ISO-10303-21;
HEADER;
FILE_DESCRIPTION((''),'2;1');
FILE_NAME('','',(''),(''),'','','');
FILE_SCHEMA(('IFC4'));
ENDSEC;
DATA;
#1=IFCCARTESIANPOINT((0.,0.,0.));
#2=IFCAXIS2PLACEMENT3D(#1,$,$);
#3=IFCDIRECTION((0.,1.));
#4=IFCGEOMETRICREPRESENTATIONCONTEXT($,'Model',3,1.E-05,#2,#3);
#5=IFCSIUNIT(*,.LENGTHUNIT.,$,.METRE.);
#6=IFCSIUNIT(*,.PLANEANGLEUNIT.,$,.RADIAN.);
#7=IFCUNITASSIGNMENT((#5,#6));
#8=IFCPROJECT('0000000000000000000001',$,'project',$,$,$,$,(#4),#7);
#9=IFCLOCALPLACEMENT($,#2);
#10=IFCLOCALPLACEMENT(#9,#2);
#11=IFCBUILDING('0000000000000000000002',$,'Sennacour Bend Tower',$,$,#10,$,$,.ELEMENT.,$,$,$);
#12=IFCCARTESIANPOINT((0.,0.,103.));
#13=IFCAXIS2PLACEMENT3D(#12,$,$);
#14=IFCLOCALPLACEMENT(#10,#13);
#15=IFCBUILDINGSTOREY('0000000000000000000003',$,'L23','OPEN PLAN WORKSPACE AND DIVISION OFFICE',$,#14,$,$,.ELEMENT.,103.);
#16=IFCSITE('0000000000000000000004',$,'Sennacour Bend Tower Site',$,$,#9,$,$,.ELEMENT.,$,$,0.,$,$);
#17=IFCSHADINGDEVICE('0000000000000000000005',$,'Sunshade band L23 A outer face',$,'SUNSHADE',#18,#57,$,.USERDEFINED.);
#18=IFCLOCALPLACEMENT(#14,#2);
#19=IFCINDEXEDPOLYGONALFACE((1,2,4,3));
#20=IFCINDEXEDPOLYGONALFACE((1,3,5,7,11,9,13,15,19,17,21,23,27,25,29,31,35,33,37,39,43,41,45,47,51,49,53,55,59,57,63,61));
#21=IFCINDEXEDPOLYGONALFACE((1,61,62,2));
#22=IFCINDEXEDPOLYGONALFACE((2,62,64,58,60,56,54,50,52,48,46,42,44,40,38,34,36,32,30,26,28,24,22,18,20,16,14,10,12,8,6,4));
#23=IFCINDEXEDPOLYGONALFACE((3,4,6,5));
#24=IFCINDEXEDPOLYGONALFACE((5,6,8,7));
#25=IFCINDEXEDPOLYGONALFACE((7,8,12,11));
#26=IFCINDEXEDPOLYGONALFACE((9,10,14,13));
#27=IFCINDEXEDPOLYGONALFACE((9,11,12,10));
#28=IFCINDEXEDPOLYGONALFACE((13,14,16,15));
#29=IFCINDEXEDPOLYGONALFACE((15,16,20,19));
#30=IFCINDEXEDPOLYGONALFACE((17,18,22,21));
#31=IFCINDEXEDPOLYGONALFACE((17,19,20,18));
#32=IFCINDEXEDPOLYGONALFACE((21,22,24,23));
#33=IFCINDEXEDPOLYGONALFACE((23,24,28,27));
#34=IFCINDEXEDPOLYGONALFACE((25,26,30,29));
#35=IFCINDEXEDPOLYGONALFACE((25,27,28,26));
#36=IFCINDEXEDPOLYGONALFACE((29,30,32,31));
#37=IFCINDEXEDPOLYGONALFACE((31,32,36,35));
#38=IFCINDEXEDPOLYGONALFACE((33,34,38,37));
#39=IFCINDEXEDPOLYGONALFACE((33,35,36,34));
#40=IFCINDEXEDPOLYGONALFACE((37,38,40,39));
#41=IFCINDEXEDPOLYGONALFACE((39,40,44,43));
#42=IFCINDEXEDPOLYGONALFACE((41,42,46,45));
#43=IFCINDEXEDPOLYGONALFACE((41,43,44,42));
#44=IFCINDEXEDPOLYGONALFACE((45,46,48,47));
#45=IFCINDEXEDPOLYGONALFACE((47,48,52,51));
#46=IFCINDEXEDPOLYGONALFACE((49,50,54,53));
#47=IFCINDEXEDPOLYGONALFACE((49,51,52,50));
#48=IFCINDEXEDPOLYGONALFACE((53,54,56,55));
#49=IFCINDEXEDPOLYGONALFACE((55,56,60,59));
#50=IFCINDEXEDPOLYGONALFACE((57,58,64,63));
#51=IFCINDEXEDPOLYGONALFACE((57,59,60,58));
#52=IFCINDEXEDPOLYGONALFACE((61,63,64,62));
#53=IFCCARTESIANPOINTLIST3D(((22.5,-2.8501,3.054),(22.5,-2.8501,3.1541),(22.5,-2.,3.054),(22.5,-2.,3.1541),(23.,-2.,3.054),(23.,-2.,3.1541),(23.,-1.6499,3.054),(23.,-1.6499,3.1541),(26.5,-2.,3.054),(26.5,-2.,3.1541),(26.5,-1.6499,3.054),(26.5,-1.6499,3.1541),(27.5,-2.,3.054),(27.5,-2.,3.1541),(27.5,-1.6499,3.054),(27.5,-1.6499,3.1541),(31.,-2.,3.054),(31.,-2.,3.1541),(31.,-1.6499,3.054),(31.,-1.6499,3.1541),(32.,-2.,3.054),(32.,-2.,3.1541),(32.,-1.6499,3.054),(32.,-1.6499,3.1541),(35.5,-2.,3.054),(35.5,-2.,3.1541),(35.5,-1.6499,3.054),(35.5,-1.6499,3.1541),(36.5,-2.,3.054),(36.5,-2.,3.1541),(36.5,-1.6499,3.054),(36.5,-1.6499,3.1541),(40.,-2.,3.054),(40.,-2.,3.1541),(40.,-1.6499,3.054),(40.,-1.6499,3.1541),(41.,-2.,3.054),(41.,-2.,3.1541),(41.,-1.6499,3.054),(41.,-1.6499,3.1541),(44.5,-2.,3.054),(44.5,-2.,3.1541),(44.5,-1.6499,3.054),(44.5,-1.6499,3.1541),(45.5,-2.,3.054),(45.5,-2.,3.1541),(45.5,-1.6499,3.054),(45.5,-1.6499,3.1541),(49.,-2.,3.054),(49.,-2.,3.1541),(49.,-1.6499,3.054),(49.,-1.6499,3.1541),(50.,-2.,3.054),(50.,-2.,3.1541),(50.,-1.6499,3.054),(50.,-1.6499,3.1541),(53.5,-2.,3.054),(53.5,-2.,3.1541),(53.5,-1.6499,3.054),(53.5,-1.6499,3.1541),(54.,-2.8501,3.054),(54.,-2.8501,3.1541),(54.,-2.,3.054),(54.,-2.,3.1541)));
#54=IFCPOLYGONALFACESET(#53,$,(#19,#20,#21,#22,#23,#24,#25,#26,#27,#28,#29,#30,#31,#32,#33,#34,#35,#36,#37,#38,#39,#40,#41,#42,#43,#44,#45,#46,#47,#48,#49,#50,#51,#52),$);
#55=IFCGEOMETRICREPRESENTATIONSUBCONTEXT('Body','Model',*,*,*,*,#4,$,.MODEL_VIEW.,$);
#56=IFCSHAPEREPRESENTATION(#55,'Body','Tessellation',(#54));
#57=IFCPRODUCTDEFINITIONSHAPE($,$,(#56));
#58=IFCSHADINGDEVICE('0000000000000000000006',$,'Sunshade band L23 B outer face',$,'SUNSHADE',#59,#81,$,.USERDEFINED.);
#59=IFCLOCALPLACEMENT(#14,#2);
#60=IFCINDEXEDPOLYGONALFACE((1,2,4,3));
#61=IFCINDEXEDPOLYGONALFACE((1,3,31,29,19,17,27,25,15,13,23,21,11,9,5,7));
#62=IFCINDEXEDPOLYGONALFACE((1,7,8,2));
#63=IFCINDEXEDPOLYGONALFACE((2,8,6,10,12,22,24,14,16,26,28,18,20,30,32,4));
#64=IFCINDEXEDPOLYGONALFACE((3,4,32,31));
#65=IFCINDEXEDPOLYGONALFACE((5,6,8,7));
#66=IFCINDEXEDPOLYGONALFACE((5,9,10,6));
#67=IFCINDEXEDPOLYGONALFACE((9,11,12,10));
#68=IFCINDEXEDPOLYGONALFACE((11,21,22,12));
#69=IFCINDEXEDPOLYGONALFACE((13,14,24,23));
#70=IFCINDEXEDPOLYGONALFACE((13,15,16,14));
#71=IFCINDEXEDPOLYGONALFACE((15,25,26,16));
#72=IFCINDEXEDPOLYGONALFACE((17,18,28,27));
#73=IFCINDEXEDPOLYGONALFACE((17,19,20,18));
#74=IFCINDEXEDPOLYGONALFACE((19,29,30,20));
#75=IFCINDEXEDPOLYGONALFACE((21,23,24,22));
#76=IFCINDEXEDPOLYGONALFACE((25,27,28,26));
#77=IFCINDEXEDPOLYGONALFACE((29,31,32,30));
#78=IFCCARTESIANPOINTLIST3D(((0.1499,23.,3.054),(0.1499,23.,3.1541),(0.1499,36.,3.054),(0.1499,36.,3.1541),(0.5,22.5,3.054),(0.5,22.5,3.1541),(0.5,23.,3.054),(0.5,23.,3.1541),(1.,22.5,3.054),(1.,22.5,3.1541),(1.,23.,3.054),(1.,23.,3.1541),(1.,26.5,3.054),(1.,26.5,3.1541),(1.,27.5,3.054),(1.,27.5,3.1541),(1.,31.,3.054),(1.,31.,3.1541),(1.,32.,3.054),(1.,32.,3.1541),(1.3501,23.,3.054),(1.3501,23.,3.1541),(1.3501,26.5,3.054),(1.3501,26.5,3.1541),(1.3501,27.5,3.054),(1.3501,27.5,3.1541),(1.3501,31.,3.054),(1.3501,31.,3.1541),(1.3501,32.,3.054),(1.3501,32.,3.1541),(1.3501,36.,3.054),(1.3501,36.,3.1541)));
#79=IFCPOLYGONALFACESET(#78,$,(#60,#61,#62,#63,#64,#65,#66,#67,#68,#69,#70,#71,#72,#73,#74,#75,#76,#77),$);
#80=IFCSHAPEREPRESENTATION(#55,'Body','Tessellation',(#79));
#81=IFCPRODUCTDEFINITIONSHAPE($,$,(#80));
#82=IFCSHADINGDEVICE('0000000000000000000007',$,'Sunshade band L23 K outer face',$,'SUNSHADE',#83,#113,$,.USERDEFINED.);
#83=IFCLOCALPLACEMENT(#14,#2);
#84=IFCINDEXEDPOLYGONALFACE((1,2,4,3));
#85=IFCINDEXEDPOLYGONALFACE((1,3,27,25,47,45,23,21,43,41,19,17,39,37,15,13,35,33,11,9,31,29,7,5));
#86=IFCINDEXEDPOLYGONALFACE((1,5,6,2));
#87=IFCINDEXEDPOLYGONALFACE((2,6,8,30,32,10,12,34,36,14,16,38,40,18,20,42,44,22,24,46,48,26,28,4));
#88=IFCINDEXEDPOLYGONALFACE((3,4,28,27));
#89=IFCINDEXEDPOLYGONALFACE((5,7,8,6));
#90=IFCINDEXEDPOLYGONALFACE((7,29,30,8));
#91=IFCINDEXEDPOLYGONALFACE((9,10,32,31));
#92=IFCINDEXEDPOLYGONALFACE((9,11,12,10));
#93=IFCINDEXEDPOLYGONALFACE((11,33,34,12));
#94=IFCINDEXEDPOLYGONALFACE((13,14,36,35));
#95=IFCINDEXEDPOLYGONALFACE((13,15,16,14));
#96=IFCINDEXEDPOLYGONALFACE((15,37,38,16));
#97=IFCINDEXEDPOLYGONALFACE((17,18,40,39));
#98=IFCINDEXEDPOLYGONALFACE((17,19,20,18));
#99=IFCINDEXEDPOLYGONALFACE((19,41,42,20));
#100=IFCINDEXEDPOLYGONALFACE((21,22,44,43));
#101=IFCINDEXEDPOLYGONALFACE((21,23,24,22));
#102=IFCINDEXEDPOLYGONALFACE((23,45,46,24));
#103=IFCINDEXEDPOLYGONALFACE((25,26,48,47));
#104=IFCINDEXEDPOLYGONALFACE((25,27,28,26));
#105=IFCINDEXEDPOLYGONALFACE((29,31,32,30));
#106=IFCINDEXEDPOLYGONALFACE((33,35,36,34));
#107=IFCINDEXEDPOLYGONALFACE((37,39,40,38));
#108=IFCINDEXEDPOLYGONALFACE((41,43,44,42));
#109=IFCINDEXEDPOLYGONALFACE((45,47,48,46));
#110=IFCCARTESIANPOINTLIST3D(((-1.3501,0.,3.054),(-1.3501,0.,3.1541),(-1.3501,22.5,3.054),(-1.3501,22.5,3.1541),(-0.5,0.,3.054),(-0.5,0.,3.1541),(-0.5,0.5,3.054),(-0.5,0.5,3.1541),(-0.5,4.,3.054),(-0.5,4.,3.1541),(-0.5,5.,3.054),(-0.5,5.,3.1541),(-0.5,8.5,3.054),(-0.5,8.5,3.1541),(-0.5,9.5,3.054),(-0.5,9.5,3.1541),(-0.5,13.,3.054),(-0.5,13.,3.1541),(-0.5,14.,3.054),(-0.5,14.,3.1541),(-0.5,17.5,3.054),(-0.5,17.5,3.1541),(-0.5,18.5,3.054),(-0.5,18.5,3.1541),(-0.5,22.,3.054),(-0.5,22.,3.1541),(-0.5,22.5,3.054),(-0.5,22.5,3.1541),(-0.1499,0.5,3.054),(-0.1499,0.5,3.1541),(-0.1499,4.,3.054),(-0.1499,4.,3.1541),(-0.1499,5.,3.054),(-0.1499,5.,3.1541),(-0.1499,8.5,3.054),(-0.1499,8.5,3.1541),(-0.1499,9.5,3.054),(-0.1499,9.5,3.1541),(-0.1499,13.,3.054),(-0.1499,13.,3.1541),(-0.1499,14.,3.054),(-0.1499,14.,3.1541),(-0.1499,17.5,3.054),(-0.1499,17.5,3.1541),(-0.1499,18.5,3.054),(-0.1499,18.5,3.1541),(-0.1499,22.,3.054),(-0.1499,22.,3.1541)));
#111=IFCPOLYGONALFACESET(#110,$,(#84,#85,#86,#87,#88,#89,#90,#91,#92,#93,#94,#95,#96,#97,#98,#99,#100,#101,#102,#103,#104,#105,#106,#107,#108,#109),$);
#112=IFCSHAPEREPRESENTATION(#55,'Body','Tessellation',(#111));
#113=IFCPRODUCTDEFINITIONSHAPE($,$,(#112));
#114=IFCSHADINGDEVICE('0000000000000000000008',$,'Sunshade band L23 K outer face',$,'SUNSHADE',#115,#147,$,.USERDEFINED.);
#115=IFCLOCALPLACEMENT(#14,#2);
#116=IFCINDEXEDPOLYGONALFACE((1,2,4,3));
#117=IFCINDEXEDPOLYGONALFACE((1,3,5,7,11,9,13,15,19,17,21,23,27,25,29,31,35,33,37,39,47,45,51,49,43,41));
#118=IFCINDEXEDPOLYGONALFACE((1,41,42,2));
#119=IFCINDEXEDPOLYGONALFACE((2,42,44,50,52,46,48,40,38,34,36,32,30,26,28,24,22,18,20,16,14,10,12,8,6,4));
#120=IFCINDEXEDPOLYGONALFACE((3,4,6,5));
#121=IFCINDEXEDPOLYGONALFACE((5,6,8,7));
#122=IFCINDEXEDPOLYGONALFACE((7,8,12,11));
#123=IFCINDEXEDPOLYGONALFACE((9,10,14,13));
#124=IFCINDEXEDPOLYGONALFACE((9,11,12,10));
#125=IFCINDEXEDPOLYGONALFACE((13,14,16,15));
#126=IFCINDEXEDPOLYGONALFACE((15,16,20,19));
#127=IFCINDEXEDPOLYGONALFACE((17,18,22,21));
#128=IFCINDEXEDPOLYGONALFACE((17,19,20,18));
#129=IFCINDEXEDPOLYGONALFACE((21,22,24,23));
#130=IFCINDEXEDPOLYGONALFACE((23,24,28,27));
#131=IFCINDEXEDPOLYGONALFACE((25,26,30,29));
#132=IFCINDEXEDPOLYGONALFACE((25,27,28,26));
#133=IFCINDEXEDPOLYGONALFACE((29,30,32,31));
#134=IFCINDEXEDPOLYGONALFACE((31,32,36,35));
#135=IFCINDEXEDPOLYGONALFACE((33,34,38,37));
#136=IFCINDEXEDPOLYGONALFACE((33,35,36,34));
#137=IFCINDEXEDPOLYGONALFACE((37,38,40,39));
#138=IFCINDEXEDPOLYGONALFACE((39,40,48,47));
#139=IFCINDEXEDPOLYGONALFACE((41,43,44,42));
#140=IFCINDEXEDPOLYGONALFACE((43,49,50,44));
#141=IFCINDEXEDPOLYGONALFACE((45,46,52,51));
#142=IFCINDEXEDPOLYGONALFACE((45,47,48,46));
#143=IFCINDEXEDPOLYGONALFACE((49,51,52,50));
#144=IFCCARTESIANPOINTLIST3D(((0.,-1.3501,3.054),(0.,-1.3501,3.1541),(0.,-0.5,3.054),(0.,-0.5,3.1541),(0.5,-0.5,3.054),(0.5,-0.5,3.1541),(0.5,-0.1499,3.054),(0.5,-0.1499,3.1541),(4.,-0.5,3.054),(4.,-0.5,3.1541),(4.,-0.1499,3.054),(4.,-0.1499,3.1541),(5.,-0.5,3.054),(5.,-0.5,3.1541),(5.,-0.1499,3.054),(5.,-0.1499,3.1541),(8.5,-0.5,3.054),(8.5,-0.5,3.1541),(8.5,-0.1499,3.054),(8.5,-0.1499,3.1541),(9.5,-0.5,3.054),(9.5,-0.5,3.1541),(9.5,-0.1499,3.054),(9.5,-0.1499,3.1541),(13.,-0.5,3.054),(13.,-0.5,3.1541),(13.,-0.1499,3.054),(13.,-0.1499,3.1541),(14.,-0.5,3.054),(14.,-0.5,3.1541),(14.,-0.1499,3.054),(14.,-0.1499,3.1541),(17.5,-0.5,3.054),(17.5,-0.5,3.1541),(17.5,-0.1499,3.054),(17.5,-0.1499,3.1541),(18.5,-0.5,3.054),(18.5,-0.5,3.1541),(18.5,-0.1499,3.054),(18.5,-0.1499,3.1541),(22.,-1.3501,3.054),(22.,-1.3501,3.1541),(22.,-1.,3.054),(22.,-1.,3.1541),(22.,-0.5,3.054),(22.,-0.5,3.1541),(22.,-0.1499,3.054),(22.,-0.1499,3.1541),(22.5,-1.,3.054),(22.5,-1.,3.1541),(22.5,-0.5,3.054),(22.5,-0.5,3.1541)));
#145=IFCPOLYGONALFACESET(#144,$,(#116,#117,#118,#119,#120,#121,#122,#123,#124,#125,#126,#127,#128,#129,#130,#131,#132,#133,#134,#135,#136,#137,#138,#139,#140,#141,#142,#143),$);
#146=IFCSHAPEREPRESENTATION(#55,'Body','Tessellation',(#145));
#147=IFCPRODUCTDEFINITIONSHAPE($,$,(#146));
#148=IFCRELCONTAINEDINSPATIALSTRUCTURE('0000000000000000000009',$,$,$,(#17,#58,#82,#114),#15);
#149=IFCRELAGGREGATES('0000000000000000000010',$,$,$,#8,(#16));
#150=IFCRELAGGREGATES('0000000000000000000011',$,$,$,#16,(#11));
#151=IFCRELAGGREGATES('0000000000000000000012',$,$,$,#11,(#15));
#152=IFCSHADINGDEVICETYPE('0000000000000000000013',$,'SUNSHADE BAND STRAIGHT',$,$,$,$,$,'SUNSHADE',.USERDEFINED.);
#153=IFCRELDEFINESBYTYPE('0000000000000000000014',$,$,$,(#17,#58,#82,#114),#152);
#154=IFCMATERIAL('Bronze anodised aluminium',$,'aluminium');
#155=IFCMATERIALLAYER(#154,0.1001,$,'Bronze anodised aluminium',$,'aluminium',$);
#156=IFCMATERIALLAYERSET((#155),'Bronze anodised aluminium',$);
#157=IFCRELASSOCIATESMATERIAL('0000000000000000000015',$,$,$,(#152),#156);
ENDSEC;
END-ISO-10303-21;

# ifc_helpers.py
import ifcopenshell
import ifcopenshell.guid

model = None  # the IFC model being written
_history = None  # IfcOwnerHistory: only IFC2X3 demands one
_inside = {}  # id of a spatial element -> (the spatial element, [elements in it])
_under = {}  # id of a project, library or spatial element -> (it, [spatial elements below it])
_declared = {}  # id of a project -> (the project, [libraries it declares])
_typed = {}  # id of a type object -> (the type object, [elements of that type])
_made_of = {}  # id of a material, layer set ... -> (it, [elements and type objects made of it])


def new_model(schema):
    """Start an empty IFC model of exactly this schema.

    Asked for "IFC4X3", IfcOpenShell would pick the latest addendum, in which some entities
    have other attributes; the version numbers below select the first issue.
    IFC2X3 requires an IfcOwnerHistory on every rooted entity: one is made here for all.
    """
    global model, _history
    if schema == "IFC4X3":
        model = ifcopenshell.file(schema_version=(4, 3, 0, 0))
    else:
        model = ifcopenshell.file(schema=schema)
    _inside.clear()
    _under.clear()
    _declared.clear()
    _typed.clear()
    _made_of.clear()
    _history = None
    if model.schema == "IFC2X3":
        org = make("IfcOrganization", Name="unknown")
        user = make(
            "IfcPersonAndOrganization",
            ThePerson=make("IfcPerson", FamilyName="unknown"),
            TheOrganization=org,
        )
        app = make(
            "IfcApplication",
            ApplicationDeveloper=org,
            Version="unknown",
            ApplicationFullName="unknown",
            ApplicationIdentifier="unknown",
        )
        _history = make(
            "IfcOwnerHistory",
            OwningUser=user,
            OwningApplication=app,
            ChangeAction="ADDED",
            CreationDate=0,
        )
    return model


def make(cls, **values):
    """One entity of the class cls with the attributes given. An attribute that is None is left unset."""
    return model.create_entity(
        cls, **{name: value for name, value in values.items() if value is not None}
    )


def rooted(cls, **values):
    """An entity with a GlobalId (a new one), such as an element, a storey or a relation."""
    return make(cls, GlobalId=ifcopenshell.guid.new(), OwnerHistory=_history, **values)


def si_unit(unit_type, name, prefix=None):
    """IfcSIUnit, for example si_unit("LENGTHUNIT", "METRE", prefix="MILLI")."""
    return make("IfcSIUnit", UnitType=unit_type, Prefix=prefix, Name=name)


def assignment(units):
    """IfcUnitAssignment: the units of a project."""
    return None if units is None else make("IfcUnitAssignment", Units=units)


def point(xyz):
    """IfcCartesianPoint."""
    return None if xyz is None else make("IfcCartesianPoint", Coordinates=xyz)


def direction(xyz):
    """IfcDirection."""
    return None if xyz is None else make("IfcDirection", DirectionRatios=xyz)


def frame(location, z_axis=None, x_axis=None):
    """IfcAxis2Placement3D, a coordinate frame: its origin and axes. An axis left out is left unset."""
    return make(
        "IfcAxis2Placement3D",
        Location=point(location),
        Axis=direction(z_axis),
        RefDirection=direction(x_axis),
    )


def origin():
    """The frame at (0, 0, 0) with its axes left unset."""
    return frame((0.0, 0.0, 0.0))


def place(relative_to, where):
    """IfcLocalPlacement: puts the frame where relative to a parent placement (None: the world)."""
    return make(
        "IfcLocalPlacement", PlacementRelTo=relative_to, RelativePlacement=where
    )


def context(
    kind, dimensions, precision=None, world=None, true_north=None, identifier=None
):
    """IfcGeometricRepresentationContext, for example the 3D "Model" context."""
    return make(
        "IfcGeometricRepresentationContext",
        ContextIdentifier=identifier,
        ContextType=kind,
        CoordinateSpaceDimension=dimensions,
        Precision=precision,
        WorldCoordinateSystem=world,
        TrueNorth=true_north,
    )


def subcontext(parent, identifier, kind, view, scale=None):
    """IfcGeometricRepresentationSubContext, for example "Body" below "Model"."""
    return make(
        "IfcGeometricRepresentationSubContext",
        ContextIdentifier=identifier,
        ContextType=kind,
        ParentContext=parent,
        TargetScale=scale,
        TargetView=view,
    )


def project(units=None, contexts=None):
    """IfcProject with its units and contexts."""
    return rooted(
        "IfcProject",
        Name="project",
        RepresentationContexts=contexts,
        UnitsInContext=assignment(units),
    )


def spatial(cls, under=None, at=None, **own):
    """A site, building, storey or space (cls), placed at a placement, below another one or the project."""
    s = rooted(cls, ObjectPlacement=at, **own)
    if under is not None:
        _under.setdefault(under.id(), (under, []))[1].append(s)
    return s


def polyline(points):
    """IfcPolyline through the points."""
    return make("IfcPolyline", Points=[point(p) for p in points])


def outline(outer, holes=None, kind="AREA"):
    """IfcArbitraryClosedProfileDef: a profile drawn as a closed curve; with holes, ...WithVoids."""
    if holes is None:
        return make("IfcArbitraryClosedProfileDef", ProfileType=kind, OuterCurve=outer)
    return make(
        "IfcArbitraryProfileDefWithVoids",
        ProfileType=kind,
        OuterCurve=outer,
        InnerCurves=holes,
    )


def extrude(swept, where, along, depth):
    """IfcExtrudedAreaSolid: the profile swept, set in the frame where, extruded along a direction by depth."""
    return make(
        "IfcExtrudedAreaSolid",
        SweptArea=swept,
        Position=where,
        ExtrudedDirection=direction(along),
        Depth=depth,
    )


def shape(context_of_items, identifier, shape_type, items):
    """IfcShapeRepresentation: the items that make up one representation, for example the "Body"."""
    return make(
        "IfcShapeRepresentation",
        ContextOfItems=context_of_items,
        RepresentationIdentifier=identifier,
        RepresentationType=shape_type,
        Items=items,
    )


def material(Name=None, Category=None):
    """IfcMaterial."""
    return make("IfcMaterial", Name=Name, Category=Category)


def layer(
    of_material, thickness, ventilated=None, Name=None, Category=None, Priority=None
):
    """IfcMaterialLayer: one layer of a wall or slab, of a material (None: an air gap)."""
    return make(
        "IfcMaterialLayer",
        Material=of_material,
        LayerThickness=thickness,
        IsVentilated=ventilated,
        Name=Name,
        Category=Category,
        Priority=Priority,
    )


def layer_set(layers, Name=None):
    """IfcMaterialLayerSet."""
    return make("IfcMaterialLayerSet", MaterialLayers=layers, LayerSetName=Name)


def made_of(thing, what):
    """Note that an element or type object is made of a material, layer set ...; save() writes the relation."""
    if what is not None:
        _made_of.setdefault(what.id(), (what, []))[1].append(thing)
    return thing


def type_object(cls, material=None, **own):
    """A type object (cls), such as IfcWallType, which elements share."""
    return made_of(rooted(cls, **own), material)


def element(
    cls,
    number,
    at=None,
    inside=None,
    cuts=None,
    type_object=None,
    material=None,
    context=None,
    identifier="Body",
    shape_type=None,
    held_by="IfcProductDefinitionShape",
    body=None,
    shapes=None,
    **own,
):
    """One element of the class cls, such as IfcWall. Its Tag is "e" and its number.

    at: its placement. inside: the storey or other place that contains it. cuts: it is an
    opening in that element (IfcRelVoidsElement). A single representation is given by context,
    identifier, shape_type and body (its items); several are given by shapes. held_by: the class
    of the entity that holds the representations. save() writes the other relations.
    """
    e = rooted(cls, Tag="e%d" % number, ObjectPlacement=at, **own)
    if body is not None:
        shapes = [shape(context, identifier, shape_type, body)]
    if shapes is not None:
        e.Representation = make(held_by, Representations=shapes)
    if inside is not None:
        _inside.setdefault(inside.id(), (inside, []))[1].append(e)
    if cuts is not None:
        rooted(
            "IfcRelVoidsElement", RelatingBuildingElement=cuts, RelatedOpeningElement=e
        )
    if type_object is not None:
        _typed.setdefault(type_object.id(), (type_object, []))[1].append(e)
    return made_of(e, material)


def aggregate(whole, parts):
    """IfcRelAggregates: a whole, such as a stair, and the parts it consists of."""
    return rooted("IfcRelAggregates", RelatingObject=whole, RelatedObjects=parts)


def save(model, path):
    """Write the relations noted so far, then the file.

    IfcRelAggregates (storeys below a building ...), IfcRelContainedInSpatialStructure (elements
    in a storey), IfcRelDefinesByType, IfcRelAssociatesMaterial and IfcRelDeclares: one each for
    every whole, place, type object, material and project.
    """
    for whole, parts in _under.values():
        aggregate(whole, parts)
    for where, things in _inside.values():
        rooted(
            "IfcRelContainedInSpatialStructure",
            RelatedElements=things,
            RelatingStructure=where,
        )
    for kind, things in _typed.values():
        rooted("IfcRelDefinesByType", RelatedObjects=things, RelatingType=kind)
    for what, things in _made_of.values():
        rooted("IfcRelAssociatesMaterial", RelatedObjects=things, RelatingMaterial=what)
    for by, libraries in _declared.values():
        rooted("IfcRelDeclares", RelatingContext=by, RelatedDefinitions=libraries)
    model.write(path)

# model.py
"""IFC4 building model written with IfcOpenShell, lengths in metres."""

from ifc_helpers import new_model, si_unit, direction, frame, origin, place, context, subcontext, project, spatial, polyline, outline, extrude, material, layer, layer_set, type_object, element, save


model = new_model("IFC4")

# Units and contexts
model_context = context("Model", 3, precision=1e-05, world=origin(), true_north=direction((0.0, 1.0)))
body_context = subcontext(model_context, "Body", "Model", "MODEL_VIEW")
ifc_project = project(units=[si_unit("LENGTHUNIT", "METRE"), si_unit("PLANEANGLEUNIT", "RADIAN")], contexts=[model_context])

# Site, building, storey
site_placement = place(None, origin())
site = spatial("IfcSite", under=ifc_project, at=site_placement, Name="Sennacour Bend Tower Site", CompositionType="ELEMENT", RefElevation=0.0)
building_placement = place(site_placement, origin())
building = spatial("IfcBuilding", under=site, at=building_placement, Name="Sennacour Bend Tower", CompositionType="ELEMENT")
storey_placement = place(building_placement, frame((0.0, 0.0, 103.0)))
storey = spatial("IfcBuildingStorey", under=building, at=storey_placement, Name="L23", Description="OPEN PLAN WORKSPACE AND DIVISION OFFICE", CompositionType="ELEMENT", Elevation=103.0)

# Shading devices
ifc_material_1 = material(Name="Bronze anodised aluminium", Category="aluminium")
ifc_layer_1 = layer(ifc_material_1, 0.1001, Name="Bronze anodised aluminium", Category="aluminium")
ifc_layer_set_1 = layer_set([ifc_layer_1], Name="Bronze anodised aluminium")
shading_device_type_1 = type_object("IfcShadingDeviceType", Name="SUNSHADE BAND STRAIGHT", ElementType="SUNSHADE", PredefinedType="USERDEFINED", material=ifc_layer_set_1)
shading_device_1_placement = place(storey_placement, frame((0.0, 0.0, 3.054)))
element("IfcShadingDevice", 1, at=shading_device_1_placement, inside=storey, type_object=shading_device_type_1, Name="Sunshade band L23 A outer face", ObjectType="SUNSHADE", PredefinedType="USERDEFINED", context=body_context, shape_type="SweptSolid", body=[
    extrude(outline(polyline([(26.5, -1.6499), (26.5, -2.0), (27.5, -2.0), (27.5, -1.6499), (31.0, -1.6499), (31.0, -2.0), (32.0, -2.0), (32.0, -1.6499), (35.5, -1.6499), (35.5, -2.0), (36.5, -2.0), (36.5, -1.6499), (40.0, -1.6499), (40.0, -2.0), (41.0, -2.0), (41.0, -1.6499), (44.5, -1.6499), (44.5, -2.0), (45.5, -2.0), (45.5, -1.6499), (49.0, -1.6499), (49.0, -2.0), (50.0, -2.0), (50.0, -1.6499), (53.5, -1.6499), (53.5, -2.0), (54.0, -2.0), (54.0, -2.8501), (22.5, -2.8501), (22.5, -2.0), (23.0, -2.0), (23.0, -1.6499), (26.5, -1.6499)])), origin(), (0.0, 0.0, 1.0), 0.1001),
])
shading_device_2_placement = place(storey_placement, frame((0.0, 0.0, 3.054)))
element("IfcShadingDevice", 2, at=shading_device_2_placement, inside=storey, type_object=shading_device_type_1, Name="Sunshade band L23 B outer face", ObjectType="SUNSHADE", PredefinedType="USERDEFINED", context=body_context, shape_type="SweptSolid", body=[
    extrude(outline(polyline([(1.3501, 32.0), (1.0, 32.0), (1.0, 31.0), (1.3501, 31.0), (1.3501, 27.5), (1.0, 27.5), (1.0, 26.5), (1.3501, 26.5), (1.3501, 23.0), (1.0, 23.0), (1.0, 22.5), (0.5, 22.5), (0.5, 23.0), (0.1499, 23.0), (0.1499, 36.0), (1.3501, 36.0), (1.3501, 32.0)])), origin(), (0.0, 0.0, 1.0), 0.1001),
])
shading_device_3_placement = place(storey_placement, frame((0.0, 0.0, 3.054)))
element("IfcShadingDevice", 3, at=shading_device_3_placement, inside=storey, type_object=shading_device_type_1, Name="Sunshade band L23 K outer face", ObjectType="SUNSHADE", PredefinedType="USERDEFINED", context=body_context, shape_type="SweptSolid", body=[
    extrude(outline(polyline([(-0.1499, 18.5), (-0.5, 18.5), (-0.5, 17.5), (-0.1499, 17.5), (-0.1499, 14.0), (-0.5, 14.0), (-0.5, 13.0), (-0.1499, 13.0), (-0.1499, 9.5), (-0.5, 9.5), (-0.5, 8.5), (-0.1499, 8.5), (-0.1499, 5.0), (-0.5, 5.0), (-0.5, 4.0), (-0.1499, 4.0), (-0.1499, 0.5), (-0.5, 0.5), (-0.5, 0.0), (-1.3501, 0.0), (-1.3501, 22.5), (-0.5, 22.5), (-0.5, 22.0), (-0.1499, 22.0), (-0.1499, 18.5)])), origin(), (0.0, 0.0, 1.0), 0.1001),
])
shading_device_4_placement = place(storey_placement, frame((0.0, 0.0, 3.054)))
element("IfcShadingDevice", 4, at=shading_device_4_placement, inside=storey, type_object=shading_device_type_1, Name="Sunshade band L23 K outer face", ObjectType="SUNSHADE", PredefinedType="USERDEFINED", context=body_context, shape_type="SweptSolid", body=[
    extrude(outline(polyline([(4.0, -0.1499), (4.0, -0.5), (5.0, -0.5), (5.0, -0.1499), (8.5, -0.1499), (8.5, -0.5), (9.5, -0.5), (9.5, -0.1499), (13.0, -0.1499), (13.0, -0.5), (14.0, -0.5), (14.0, -0.1499), (17.5, -0.1499), (17.5, -0.5), (18.5, -0.5), (18.5, -0.1499), (22.0, -0.1499), (22.0, -0.5), (22.5, -0.5), (22.5, -1.0), (22.0, -1.0), (22.0, -1.3501), (0.0, -1.3501), (0.0, -0.5), (0.5, -0.5), (0.5, -0.1499), (4.0, -0.1499)])), origin(), (0.0, 0.0, 1.0), 0.1001),
])

save(model, "model.ifc")
